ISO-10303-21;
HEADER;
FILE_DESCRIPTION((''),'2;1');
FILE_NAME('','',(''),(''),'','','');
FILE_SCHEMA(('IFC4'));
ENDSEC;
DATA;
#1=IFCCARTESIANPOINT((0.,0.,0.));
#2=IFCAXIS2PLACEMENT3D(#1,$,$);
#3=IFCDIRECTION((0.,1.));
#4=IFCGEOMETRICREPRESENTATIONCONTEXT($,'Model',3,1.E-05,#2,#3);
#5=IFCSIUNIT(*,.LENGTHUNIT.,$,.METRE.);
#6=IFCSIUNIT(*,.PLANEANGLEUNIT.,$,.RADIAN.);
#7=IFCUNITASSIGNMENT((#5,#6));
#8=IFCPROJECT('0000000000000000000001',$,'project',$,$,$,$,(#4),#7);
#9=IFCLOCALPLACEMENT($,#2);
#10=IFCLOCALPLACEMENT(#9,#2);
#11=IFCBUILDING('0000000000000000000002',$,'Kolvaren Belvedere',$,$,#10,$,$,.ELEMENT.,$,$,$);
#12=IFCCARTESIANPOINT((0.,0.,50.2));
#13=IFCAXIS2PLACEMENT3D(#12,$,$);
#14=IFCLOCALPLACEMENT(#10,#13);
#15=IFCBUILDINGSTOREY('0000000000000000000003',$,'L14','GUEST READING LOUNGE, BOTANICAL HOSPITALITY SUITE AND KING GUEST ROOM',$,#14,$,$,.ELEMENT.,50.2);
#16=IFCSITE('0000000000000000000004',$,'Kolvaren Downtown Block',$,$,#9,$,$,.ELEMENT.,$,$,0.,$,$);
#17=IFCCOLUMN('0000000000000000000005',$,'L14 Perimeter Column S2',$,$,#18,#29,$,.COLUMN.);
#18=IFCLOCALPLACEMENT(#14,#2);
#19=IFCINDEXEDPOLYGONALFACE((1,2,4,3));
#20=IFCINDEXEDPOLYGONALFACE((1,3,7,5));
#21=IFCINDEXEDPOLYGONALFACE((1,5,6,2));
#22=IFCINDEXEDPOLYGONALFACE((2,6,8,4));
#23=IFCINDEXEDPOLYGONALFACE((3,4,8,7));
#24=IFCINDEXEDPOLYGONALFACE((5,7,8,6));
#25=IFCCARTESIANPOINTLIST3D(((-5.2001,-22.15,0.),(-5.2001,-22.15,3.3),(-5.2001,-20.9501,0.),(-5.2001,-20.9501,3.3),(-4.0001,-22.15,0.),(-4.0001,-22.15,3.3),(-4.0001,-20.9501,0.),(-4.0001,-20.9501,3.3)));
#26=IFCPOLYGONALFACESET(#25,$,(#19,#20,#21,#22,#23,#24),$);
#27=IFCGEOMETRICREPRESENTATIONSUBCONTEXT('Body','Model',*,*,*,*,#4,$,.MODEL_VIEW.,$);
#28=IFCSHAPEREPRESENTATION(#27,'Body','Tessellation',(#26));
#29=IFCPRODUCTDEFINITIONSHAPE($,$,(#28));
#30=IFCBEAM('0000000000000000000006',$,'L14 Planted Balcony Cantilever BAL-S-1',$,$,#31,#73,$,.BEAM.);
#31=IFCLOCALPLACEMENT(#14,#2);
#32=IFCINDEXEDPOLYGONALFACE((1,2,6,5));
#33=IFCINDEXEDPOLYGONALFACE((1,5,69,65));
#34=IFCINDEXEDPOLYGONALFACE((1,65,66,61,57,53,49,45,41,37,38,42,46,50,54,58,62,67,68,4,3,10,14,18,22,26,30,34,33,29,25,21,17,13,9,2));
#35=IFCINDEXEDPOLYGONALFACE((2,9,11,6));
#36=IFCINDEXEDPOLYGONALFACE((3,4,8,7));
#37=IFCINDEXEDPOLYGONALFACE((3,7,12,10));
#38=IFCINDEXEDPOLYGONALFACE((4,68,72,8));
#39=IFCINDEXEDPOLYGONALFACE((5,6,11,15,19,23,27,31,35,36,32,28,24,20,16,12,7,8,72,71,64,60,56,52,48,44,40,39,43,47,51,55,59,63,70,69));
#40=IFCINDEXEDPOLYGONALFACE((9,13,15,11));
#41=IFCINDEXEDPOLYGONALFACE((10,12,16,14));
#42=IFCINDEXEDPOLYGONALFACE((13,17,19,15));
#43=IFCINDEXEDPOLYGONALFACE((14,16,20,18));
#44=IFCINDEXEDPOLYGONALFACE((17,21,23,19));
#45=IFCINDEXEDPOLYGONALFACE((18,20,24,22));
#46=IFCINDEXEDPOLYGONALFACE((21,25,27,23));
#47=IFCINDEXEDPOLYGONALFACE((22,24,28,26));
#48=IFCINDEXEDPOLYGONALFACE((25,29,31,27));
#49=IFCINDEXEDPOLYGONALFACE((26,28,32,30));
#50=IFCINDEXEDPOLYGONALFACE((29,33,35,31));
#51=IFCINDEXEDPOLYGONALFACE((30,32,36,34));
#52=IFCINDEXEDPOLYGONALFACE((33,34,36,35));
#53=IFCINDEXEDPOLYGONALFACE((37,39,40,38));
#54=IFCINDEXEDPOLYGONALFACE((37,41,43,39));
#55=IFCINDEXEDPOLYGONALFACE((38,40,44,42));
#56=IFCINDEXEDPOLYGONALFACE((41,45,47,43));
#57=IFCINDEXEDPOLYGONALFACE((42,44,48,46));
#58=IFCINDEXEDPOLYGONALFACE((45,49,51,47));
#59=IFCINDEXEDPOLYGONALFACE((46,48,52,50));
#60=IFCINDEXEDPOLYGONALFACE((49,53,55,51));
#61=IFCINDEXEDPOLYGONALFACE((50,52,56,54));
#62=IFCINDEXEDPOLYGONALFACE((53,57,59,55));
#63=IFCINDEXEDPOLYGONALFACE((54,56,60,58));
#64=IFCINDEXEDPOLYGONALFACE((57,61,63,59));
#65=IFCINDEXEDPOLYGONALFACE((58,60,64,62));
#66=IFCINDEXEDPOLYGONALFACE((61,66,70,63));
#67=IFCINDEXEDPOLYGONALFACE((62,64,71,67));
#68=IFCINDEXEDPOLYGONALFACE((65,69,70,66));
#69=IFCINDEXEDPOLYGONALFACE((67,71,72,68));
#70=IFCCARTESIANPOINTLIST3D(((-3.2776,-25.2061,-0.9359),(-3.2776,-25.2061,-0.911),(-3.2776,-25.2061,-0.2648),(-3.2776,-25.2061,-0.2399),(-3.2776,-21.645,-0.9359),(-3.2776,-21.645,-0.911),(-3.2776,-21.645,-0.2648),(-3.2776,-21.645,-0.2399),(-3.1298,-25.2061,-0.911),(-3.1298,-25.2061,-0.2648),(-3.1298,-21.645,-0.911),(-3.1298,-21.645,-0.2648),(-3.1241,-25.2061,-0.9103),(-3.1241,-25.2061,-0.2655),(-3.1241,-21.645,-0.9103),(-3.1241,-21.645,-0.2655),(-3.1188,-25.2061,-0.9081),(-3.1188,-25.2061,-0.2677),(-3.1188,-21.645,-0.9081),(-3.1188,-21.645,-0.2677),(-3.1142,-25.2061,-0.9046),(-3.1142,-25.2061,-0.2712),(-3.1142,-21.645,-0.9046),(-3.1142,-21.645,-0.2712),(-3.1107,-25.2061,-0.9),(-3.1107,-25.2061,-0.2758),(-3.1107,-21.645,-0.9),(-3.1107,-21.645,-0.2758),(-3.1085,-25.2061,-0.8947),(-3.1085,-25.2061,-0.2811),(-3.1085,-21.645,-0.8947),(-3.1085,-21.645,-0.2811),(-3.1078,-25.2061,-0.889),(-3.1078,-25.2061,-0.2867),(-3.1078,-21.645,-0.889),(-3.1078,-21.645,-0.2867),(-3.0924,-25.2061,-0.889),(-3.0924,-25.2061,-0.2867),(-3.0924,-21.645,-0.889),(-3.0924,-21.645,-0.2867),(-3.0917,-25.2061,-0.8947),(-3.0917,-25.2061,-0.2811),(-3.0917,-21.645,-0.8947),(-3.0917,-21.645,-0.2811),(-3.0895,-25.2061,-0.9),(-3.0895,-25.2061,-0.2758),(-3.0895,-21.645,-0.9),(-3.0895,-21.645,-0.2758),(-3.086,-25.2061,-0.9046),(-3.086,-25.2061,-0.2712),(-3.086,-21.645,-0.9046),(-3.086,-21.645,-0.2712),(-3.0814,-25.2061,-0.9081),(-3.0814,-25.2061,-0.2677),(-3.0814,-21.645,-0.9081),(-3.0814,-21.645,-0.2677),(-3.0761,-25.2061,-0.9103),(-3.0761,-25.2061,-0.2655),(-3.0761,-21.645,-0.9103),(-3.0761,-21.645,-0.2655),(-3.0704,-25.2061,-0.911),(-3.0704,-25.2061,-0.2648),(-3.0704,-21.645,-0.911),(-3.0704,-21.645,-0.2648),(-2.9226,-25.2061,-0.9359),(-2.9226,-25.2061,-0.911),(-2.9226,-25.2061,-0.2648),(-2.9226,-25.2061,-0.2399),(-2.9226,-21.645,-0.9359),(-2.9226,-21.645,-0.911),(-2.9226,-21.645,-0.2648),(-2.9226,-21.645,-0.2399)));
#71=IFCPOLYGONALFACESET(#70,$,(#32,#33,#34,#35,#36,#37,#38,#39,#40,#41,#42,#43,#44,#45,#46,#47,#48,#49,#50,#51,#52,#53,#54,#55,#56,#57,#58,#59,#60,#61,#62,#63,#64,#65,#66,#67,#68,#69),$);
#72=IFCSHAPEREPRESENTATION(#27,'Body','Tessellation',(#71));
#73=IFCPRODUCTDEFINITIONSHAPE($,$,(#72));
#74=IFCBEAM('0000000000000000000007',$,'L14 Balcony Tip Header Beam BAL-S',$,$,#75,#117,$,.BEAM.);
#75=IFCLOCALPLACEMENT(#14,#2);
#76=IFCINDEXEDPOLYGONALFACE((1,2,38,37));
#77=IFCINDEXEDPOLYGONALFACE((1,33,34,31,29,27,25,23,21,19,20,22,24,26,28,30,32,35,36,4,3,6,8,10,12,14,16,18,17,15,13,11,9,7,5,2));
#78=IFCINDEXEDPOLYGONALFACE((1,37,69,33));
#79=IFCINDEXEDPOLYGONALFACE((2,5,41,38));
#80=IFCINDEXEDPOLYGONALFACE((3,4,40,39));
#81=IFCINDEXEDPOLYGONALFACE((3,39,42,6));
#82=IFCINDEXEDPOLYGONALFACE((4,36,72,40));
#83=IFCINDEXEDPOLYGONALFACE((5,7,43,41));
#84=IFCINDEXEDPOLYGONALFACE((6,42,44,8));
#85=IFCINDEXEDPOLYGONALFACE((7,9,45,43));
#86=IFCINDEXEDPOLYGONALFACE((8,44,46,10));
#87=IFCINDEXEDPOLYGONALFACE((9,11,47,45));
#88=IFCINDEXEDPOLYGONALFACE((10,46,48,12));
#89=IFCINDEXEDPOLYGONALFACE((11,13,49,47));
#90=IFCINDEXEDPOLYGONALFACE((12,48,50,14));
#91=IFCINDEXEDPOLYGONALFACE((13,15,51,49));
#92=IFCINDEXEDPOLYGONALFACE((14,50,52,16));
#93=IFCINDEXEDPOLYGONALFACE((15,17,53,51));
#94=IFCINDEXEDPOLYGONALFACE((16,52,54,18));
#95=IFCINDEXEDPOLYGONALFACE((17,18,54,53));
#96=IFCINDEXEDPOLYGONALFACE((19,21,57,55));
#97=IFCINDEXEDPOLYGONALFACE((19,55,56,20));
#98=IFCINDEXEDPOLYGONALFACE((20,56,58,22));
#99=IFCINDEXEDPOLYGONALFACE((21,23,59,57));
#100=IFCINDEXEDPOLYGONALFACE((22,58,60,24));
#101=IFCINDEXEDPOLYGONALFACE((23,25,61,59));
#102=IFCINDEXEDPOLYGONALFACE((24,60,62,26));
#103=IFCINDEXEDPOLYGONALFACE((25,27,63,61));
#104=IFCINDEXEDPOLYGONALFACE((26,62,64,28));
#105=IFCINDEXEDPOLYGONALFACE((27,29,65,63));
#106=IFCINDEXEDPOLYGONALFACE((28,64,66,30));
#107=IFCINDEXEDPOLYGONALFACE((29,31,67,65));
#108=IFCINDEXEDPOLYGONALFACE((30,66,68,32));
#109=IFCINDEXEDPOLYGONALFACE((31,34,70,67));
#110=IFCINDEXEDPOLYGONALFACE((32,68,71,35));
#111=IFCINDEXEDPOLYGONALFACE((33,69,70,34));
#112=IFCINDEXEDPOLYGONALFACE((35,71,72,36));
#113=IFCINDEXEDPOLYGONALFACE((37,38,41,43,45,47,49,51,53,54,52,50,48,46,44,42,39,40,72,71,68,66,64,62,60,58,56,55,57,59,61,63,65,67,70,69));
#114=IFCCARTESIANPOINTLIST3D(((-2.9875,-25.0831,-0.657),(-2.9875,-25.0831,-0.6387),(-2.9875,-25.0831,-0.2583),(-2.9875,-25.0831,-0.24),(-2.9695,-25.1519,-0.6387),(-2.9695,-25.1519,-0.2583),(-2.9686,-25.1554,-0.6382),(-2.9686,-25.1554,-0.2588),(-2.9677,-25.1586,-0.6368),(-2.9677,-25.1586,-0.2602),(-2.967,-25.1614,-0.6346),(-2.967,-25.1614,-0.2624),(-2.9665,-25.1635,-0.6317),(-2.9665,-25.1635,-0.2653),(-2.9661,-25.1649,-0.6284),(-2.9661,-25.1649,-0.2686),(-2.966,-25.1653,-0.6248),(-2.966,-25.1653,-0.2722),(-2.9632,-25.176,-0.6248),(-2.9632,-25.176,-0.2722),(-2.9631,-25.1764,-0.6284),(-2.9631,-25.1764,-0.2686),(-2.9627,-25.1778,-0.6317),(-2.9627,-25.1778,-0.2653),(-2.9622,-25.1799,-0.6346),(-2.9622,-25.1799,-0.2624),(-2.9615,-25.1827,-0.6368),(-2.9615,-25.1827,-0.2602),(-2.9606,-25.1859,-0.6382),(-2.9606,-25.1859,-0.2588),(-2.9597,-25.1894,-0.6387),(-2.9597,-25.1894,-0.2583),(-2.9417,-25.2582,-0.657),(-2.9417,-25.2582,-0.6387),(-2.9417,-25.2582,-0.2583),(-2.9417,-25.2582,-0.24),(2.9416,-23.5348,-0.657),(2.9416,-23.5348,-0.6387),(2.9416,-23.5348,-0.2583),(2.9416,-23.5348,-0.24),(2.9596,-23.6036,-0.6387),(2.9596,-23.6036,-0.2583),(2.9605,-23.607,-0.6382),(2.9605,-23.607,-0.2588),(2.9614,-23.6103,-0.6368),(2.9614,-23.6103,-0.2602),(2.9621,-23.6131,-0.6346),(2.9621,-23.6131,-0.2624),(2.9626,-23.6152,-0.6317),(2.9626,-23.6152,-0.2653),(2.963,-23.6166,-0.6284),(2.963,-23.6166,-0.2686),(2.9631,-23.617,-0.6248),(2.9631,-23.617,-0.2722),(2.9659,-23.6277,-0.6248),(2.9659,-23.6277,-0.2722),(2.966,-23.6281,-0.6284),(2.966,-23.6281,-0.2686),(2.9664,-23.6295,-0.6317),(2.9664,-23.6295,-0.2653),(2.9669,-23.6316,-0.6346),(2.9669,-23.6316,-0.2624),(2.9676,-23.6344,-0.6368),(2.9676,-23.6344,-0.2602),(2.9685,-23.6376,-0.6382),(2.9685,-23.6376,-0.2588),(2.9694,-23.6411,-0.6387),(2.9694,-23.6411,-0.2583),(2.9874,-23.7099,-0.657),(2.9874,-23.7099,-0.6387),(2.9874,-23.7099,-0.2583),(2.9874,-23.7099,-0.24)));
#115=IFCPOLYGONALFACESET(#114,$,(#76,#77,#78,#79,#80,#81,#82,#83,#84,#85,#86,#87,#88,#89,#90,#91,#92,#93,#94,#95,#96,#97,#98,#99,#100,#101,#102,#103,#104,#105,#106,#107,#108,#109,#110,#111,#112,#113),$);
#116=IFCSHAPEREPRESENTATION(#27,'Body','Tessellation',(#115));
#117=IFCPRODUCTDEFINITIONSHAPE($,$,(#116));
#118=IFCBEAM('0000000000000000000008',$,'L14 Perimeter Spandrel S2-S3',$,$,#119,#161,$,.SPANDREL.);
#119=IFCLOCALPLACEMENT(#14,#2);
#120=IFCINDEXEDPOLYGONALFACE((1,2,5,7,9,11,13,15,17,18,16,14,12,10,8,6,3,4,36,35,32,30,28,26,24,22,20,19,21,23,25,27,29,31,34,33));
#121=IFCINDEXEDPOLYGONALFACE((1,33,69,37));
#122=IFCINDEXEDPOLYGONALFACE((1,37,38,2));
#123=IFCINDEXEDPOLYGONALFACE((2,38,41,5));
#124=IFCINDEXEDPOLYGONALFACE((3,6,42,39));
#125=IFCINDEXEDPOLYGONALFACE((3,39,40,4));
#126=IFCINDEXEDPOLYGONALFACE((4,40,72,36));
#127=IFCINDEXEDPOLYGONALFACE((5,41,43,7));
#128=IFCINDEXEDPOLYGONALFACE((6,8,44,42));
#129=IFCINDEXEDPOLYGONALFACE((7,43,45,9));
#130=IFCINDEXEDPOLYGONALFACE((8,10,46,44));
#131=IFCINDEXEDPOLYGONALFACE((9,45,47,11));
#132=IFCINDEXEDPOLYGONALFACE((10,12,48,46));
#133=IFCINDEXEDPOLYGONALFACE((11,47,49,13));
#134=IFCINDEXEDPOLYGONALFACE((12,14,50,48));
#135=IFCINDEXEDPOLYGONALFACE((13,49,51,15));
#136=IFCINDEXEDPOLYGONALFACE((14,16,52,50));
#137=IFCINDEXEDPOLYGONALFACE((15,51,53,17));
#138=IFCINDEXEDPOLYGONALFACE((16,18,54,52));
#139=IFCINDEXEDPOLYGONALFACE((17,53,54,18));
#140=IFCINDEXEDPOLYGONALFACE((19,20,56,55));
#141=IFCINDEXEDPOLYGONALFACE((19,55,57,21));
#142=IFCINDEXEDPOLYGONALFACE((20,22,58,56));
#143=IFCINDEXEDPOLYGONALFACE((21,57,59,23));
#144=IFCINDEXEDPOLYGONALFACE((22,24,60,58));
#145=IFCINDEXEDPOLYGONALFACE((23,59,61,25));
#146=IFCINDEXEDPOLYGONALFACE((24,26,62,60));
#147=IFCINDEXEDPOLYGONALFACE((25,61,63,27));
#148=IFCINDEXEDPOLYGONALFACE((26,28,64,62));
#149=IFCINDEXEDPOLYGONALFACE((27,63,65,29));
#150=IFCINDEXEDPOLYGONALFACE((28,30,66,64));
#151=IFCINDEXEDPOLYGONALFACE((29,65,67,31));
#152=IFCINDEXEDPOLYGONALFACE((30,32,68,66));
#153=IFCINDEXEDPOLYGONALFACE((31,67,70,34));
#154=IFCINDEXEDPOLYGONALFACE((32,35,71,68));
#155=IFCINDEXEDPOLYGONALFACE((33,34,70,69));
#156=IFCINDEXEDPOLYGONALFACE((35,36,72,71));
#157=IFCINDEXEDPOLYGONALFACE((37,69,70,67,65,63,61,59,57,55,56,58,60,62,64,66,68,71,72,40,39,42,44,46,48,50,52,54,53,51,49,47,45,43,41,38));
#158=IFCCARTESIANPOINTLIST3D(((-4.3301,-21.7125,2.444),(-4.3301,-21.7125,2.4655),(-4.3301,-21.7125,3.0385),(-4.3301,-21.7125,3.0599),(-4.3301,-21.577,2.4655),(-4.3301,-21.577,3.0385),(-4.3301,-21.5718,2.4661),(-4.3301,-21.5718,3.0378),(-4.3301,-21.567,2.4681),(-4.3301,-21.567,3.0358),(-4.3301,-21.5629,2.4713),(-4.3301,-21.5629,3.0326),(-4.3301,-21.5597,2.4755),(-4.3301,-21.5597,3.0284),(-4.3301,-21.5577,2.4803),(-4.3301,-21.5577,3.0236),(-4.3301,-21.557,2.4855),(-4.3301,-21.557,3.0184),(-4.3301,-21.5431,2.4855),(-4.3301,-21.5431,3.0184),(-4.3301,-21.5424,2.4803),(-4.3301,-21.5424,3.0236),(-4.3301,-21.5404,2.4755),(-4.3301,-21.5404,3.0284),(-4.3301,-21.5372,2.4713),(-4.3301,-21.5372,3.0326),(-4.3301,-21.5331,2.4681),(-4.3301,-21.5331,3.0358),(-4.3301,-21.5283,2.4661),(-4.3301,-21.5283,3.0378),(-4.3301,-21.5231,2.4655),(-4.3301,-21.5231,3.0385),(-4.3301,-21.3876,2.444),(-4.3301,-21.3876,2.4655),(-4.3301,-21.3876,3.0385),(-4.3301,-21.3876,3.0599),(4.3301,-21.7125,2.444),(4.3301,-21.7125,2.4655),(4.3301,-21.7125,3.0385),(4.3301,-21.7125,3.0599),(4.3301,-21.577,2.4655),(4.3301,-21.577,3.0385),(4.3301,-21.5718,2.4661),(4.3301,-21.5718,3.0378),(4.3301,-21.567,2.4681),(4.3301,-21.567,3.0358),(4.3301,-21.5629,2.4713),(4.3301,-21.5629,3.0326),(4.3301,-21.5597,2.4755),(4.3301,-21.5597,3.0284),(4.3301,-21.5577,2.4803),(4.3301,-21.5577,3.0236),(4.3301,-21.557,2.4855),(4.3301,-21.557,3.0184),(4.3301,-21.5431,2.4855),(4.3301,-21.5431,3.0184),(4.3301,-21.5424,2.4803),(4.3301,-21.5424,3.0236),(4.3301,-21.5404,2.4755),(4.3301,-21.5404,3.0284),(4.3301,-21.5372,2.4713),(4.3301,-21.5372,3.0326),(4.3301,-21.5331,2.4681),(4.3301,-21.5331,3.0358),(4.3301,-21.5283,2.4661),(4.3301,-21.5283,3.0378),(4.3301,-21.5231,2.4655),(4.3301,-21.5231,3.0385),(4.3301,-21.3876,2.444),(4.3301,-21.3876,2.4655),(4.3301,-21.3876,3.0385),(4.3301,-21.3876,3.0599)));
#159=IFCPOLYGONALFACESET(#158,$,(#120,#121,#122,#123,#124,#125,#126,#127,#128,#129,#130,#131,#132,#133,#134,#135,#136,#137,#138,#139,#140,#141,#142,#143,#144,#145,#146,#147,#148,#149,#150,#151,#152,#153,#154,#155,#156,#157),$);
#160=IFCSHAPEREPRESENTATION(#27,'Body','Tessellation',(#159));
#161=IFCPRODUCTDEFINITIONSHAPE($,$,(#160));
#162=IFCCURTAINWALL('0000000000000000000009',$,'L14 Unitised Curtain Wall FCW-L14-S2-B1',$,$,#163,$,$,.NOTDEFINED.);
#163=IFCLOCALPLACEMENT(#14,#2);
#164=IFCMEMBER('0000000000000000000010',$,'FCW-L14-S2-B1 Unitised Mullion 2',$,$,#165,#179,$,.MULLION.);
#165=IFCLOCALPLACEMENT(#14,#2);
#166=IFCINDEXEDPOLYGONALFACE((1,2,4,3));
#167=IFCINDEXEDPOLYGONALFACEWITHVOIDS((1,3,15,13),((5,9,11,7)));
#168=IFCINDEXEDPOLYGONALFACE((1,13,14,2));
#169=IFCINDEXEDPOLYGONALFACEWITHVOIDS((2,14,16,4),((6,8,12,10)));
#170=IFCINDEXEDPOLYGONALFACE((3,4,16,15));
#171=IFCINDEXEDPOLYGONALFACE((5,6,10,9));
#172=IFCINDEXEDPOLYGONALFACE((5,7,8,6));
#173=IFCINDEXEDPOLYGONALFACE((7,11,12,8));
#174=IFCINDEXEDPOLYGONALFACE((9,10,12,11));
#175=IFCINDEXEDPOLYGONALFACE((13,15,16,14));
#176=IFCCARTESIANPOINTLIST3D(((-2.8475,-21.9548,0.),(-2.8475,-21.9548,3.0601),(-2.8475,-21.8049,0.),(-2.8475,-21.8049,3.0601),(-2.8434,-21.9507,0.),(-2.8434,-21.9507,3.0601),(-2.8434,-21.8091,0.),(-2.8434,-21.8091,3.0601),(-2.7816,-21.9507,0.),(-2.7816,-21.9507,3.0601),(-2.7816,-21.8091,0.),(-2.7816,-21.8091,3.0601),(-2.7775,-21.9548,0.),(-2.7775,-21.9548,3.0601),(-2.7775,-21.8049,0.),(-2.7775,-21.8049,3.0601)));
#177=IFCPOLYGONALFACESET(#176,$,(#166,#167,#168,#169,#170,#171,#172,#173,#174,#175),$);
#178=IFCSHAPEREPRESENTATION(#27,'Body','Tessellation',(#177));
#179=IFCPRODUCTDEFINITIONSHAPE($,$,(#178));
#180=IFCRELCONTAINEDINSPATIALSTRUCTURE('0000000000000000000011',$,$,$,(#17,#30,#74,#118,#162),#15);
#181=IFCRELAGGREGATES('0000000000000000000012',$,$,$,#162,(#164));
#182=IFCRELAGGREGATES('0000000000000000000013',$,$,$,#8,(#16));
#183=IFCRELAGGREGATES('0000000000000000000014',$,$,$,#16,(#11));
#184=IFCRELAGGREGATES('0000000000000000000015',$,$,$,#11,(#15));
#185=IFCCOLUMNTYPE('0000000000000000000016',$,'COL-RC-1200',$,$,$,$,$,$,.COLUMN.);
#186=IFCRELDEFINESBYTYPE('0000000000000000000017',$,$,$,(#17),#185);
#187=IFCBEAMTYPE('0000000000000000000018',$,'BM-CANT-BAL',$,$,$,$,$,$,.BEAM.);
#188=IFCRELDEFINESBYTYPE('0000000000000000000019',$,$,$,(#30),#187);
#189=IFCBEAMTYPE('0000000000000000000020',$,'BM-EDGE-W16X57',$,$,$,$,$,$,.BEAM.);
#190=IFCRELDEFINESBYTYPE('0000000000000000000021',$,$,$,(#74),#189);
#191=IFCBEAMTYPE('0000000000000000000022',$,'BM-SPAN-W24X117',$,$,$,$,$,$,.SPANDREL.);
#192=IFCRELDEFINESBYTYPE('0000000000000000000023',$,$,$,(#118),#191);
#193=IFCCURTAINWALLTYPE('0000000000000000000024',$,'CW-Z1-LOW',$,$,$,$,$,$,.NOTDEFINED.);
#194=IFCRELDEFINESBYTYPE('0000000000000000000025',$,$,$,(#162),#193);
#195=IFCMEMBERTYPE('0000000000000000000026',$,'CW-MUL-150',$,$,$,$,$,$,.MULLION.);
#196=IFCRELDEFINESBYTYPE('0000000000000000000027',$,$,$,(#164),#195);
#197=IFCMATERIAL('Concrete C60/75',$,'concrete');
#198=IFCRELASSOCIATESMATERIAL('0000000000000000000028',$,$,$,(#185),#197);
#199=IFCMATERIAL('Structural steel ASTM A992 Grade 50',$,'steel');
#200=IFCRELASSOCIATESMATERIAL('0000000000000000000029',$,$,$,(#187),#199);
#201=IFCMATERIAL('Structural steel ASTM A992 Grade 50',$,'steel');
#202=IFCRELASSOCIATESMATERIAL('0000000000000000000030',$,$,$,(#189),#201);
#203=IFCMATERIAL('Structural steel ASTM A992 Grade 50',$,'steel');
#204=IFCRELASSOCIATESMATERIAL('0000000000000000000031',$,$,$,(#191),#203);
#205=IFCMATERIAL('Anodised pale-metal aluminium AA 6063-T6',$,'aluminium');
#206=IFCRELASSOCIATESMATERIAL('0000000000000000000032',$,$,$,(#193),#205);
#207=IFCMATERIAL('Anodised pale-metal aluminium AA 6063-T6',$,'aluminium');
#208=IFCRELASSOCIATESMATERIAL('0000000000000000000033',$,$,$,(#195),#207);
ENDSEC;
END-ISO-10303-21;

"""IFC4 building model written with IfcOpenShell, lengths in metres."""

from ifc_helpers import new_model, si_unit, direction, frame, origin, origin_2d, place, context, subcontext, project, spatial, rectangle, hollow_rectangle, i_section, extrude, material, material_profile, profile_set, type_object, element, aggregate, save


model = new_model("IFC4")

# Units and contexts
model_context = context("Model", 3, precision=1e-05, world=origin(), true_north=direction((0.0, 1.0)))
body_context = subcontext(model_context, "Body", "Model", "MODEL_VIEW")
ifc_project = project(units=[si_unit("LENGTHUNIT", "METRE"), si_unit("PLANEANGLEUNIT", "RADIAN")], contexts=[model_context])

# Site, building, storey
site_placement = place(None, origin())
site = spatial("IfcSite", under=ifc_project, at=site_placement, Name="Kolvaren Downtown Block", CompositionType="ELEMENT", RefElevation=0.0)
building_placement = place(site_placement, origin())
building = spatial("IfcBuilding", under=site, at=building_placement, Name="Kolvaren Belvedere", CompositionType="ELEMENT")
storey_placement = place(building_placement, frame((0.0, 0.0, 50.2)))
storey = spatial("IfcBuildingStorey", under=building, at=storey_placement, Name="L14", Description="GUEST READING LOUNGE, BOTANICAL HOSPITALITY SUITE AND KING GUEST ROOM", CompositionType="ELEMENT", Elevation=50.2)

# Column
ifc_material_1 = material(Name="Concrete C60/75", Category="concrete")
ifc_material_profile_1 = material_profile(ifc_material_1, rectangle(XDim=1.2, YDim=1.2, at=origin_2d()), Name="RC 1200X1200")
ifc_profile_set_1 = profile_set([ifc_material_profile_1], Name="Concrete C60/75")
column_type = type_object("IfcColumnType", Name="COL-RC-1200", PredefinedType="COLUMN", material=ifc_profile_set_1)
column_placement = place(storey_placement, frame((-4.6001, -21.55, 0.0), z_axis=(0.0, 0.0, 1.0), x_axis=(1.0, 0.0, 0.0)))
element("IfcColumn", 1, at=column_placement, inside=storey, type_object=column_type, Name="L14 Perimeter Column S2", PredefinedType="COLUMN", context=body_context, shape_type="SweptSolid", body=[
    extrude(rectangle(XDim=1.2, YDim=1.2, at=origin_2d()), origin(), (0.0, 0.0, 1.0), 3.3),
])

# Beams
ifc_material_2 = material(Name="Structural steel ASTM A992 Grade 50", Category="steel")
ifc_material_profile_2 = material_profile(ifc_material_2, i_section(OverallWidth=0.355, OverallDepth=0.696, WebThickness=0.0154, FlangeThickness=0.0249, FilletRadius=0.022, at=origin_2d()), Name="W27X146")
ifc_profile_set_2 = profile_set([ifc_material_profile_2], Name="Structural steel ASTM A992 Grade 50")
beam_type_1 = type_object("IfcBeamType", Name="BM-CANT-BAL", PredefinedType="BEAM", material=ifc_profile_set_2)
beam_1_placement = place(storey_placement, frame((-3.1001, -21.645, -0.5879), z_axis=(0.0, -1.0, 0.0), x_axis=(1.0, 0.0, 0.0)))
element("IfcBeam", 2, at=beam_1_placement, inside=storey, type_object=beam_type_1, Name="L14 Planted Balcony Cantilever BAL-S-1", PredefinedType="BEAM", context=body_context, shape_type="SweptSolid", body=[
    extrude(i_section(OverallWidth=0.355, OverallDepth=0.696, WebThickness=0.0154, FlangeThickness=0.0249, FilletRadius=0.022, at=origin_2d()), origin(), (0.0, 0.0, 1.0), 3.561),
])
ifc_material_3 = material(Name="Structural steel ASTM A992 Grade 50", Category="steel")
ifc_material_profile_3 = material_profile(ifc_material_3, i_section(OverallWidth=0.1809, OverallDepth=0.417, WebThickness=0.011, FlangeThickness=0.0183, FilletRadius=0.0139, at=origin_2d()), Name="W16X57")
ifc_profile_set_3 = profile_set([ifc_material_profile_3], Name="Structural steel ASTM A992 Grade 50")
beam_type_2 = type_object("IfcBeamType", Name="BM-EDGE-W16X57", PredefinedType="BEAM", material=ifc_profile_set_3)
beam_2_placement = place(storey_placement, frame((-2.9646, -25.1707, -0.4485), z_axis=(0.967554, 0.252665, 0.0), x_axis=(-0.252665, 0.967554, 0.0)))
element("IfcBeam", 3, at=beam_2_placement, inside=storey, type_object=beam_type_2, Name="L14 Balcony Tip Header Beam BAL-S", PredefinedType="BEAM", context=body_context, shape_type="SweptSolid", body=[
    extrude(i_section(OverallWidth=0.1809, OverallDepth=0.417, WebThickness=0.011, FlangeThickness=0.0183, FilletRadius=0.0139, at=origin_2d()), origin(), (0.0, 0.0, 1.0), 6.1279),
])
ifc_material_4 = material(Name="Structural steel ASTM A992 Grade 50", Category="steel")
ifc_material_profile_4 = material_profile(ifc_material_4, i_section(OverallWidth=0.325, OverallDepth=0.616, WebThickness=0.0139, FlangeThickness=0.0215, FilletRadius=0.02, at=origin_2d()), Name="W24X117")
ifc_profile_set_4 = profile_set([ifc_material_profile_4], Name="Structural steel ASTM A992 Grade 50")
beam_type_3 = type_object("IfcBeamType", Name="BM-SPAN-W24X117", PredefinedType="SPANDREL", material=ifc_profile_set_4)
beam_3_placement = place(storey_placement, frame((-4.3301, -21.55, 2.752), z_axis=(1.0, 0.0, 0.0), x_axis=(0.0, 1.0, 0.0)))
element("IfcBeam", 4, at=beam_3_placement, inside=storey, type_object=beam_type_3, Name="L14 Perimeter Spandrel S2-S3", PredefinedType="SPANDREL", context=body_context, shape_type="SweptSolid", body=[
    extrude(i_section(OverallWidth=0.325, OverallDepth=0.616, WebThickness=0.0139, FlangeThickness=0.0215, FilletRadius=0.02, at=origin_2d()), origin(), (0.0, 0.0, 1.0), 8.6602),
])

# Curtain wall, member
ifc_material_5 = material(Name="Anodised pale-metal aluminium AA 6063-T6", Category="aluminium")
curtain_wall_type = type_object("IfcCurtainWallType", Name="CW-Z1-LOW", PredefinedType="NOTDEFINED", material=ifc_material_5)
curtain_wall_1_placement = place(storey_placement, origin())
curtain_wall_1 = element("IfcCurtainWall", 5, at=curtain_wall_1_placement, inside=storey, type_object=curtain_wall_type, Name="L14 Unitised Curtain Wall FCW-L14-S2-B1", PredefinedType="NOTDEFINED")
ifc_material_6 = material(Name="Anodised pale-metal aluminium AA 6063-T6", Category="aluminium")
ifc_material_profile_5 = material_profile(ifc_material_6, hollow_rectangle(XDim=0.0701, YDim=0.1499, WallThickness=0.0042, at=origin_2d()), Name="ALU-MUL-150X70")
ifc_profile_set_5 = profile_set([ifc_material_profile_5], Name="Anodised pale-metal aluminium AA 6063-T6")
member_type_1 = type_object("IfcMemberType", Name="CW-MUL-150", PredefinedType="MULLION", material=ifc_profile_set_5)
member_1_placement = place(storey_placement, frame((-2.8125, -21.8799, 0.0), z_axis=(0.0, 0.0, 1.0), x_axis=(1.0, 0.0, 0.0)))
member_1 = element("IfcMember", 6, at=member_1_placement, type_object=member_type_1, Name="FCW-L14-S2-B1 Unitised Mullion 2", PredefinedType="MULLION", context=body_context, shape_type="SweptSolid", body=[
    extrude(hollow_rectangle(XDim=0.0701, YDim=0.1499, WallThickness=0.0042, at=origin_2d()), origin(), (0.0, 0.0, 1.0), 3.0601),
])

aggregate(curtain_wall_1, [member_1])

save(model, "model.ifc")
